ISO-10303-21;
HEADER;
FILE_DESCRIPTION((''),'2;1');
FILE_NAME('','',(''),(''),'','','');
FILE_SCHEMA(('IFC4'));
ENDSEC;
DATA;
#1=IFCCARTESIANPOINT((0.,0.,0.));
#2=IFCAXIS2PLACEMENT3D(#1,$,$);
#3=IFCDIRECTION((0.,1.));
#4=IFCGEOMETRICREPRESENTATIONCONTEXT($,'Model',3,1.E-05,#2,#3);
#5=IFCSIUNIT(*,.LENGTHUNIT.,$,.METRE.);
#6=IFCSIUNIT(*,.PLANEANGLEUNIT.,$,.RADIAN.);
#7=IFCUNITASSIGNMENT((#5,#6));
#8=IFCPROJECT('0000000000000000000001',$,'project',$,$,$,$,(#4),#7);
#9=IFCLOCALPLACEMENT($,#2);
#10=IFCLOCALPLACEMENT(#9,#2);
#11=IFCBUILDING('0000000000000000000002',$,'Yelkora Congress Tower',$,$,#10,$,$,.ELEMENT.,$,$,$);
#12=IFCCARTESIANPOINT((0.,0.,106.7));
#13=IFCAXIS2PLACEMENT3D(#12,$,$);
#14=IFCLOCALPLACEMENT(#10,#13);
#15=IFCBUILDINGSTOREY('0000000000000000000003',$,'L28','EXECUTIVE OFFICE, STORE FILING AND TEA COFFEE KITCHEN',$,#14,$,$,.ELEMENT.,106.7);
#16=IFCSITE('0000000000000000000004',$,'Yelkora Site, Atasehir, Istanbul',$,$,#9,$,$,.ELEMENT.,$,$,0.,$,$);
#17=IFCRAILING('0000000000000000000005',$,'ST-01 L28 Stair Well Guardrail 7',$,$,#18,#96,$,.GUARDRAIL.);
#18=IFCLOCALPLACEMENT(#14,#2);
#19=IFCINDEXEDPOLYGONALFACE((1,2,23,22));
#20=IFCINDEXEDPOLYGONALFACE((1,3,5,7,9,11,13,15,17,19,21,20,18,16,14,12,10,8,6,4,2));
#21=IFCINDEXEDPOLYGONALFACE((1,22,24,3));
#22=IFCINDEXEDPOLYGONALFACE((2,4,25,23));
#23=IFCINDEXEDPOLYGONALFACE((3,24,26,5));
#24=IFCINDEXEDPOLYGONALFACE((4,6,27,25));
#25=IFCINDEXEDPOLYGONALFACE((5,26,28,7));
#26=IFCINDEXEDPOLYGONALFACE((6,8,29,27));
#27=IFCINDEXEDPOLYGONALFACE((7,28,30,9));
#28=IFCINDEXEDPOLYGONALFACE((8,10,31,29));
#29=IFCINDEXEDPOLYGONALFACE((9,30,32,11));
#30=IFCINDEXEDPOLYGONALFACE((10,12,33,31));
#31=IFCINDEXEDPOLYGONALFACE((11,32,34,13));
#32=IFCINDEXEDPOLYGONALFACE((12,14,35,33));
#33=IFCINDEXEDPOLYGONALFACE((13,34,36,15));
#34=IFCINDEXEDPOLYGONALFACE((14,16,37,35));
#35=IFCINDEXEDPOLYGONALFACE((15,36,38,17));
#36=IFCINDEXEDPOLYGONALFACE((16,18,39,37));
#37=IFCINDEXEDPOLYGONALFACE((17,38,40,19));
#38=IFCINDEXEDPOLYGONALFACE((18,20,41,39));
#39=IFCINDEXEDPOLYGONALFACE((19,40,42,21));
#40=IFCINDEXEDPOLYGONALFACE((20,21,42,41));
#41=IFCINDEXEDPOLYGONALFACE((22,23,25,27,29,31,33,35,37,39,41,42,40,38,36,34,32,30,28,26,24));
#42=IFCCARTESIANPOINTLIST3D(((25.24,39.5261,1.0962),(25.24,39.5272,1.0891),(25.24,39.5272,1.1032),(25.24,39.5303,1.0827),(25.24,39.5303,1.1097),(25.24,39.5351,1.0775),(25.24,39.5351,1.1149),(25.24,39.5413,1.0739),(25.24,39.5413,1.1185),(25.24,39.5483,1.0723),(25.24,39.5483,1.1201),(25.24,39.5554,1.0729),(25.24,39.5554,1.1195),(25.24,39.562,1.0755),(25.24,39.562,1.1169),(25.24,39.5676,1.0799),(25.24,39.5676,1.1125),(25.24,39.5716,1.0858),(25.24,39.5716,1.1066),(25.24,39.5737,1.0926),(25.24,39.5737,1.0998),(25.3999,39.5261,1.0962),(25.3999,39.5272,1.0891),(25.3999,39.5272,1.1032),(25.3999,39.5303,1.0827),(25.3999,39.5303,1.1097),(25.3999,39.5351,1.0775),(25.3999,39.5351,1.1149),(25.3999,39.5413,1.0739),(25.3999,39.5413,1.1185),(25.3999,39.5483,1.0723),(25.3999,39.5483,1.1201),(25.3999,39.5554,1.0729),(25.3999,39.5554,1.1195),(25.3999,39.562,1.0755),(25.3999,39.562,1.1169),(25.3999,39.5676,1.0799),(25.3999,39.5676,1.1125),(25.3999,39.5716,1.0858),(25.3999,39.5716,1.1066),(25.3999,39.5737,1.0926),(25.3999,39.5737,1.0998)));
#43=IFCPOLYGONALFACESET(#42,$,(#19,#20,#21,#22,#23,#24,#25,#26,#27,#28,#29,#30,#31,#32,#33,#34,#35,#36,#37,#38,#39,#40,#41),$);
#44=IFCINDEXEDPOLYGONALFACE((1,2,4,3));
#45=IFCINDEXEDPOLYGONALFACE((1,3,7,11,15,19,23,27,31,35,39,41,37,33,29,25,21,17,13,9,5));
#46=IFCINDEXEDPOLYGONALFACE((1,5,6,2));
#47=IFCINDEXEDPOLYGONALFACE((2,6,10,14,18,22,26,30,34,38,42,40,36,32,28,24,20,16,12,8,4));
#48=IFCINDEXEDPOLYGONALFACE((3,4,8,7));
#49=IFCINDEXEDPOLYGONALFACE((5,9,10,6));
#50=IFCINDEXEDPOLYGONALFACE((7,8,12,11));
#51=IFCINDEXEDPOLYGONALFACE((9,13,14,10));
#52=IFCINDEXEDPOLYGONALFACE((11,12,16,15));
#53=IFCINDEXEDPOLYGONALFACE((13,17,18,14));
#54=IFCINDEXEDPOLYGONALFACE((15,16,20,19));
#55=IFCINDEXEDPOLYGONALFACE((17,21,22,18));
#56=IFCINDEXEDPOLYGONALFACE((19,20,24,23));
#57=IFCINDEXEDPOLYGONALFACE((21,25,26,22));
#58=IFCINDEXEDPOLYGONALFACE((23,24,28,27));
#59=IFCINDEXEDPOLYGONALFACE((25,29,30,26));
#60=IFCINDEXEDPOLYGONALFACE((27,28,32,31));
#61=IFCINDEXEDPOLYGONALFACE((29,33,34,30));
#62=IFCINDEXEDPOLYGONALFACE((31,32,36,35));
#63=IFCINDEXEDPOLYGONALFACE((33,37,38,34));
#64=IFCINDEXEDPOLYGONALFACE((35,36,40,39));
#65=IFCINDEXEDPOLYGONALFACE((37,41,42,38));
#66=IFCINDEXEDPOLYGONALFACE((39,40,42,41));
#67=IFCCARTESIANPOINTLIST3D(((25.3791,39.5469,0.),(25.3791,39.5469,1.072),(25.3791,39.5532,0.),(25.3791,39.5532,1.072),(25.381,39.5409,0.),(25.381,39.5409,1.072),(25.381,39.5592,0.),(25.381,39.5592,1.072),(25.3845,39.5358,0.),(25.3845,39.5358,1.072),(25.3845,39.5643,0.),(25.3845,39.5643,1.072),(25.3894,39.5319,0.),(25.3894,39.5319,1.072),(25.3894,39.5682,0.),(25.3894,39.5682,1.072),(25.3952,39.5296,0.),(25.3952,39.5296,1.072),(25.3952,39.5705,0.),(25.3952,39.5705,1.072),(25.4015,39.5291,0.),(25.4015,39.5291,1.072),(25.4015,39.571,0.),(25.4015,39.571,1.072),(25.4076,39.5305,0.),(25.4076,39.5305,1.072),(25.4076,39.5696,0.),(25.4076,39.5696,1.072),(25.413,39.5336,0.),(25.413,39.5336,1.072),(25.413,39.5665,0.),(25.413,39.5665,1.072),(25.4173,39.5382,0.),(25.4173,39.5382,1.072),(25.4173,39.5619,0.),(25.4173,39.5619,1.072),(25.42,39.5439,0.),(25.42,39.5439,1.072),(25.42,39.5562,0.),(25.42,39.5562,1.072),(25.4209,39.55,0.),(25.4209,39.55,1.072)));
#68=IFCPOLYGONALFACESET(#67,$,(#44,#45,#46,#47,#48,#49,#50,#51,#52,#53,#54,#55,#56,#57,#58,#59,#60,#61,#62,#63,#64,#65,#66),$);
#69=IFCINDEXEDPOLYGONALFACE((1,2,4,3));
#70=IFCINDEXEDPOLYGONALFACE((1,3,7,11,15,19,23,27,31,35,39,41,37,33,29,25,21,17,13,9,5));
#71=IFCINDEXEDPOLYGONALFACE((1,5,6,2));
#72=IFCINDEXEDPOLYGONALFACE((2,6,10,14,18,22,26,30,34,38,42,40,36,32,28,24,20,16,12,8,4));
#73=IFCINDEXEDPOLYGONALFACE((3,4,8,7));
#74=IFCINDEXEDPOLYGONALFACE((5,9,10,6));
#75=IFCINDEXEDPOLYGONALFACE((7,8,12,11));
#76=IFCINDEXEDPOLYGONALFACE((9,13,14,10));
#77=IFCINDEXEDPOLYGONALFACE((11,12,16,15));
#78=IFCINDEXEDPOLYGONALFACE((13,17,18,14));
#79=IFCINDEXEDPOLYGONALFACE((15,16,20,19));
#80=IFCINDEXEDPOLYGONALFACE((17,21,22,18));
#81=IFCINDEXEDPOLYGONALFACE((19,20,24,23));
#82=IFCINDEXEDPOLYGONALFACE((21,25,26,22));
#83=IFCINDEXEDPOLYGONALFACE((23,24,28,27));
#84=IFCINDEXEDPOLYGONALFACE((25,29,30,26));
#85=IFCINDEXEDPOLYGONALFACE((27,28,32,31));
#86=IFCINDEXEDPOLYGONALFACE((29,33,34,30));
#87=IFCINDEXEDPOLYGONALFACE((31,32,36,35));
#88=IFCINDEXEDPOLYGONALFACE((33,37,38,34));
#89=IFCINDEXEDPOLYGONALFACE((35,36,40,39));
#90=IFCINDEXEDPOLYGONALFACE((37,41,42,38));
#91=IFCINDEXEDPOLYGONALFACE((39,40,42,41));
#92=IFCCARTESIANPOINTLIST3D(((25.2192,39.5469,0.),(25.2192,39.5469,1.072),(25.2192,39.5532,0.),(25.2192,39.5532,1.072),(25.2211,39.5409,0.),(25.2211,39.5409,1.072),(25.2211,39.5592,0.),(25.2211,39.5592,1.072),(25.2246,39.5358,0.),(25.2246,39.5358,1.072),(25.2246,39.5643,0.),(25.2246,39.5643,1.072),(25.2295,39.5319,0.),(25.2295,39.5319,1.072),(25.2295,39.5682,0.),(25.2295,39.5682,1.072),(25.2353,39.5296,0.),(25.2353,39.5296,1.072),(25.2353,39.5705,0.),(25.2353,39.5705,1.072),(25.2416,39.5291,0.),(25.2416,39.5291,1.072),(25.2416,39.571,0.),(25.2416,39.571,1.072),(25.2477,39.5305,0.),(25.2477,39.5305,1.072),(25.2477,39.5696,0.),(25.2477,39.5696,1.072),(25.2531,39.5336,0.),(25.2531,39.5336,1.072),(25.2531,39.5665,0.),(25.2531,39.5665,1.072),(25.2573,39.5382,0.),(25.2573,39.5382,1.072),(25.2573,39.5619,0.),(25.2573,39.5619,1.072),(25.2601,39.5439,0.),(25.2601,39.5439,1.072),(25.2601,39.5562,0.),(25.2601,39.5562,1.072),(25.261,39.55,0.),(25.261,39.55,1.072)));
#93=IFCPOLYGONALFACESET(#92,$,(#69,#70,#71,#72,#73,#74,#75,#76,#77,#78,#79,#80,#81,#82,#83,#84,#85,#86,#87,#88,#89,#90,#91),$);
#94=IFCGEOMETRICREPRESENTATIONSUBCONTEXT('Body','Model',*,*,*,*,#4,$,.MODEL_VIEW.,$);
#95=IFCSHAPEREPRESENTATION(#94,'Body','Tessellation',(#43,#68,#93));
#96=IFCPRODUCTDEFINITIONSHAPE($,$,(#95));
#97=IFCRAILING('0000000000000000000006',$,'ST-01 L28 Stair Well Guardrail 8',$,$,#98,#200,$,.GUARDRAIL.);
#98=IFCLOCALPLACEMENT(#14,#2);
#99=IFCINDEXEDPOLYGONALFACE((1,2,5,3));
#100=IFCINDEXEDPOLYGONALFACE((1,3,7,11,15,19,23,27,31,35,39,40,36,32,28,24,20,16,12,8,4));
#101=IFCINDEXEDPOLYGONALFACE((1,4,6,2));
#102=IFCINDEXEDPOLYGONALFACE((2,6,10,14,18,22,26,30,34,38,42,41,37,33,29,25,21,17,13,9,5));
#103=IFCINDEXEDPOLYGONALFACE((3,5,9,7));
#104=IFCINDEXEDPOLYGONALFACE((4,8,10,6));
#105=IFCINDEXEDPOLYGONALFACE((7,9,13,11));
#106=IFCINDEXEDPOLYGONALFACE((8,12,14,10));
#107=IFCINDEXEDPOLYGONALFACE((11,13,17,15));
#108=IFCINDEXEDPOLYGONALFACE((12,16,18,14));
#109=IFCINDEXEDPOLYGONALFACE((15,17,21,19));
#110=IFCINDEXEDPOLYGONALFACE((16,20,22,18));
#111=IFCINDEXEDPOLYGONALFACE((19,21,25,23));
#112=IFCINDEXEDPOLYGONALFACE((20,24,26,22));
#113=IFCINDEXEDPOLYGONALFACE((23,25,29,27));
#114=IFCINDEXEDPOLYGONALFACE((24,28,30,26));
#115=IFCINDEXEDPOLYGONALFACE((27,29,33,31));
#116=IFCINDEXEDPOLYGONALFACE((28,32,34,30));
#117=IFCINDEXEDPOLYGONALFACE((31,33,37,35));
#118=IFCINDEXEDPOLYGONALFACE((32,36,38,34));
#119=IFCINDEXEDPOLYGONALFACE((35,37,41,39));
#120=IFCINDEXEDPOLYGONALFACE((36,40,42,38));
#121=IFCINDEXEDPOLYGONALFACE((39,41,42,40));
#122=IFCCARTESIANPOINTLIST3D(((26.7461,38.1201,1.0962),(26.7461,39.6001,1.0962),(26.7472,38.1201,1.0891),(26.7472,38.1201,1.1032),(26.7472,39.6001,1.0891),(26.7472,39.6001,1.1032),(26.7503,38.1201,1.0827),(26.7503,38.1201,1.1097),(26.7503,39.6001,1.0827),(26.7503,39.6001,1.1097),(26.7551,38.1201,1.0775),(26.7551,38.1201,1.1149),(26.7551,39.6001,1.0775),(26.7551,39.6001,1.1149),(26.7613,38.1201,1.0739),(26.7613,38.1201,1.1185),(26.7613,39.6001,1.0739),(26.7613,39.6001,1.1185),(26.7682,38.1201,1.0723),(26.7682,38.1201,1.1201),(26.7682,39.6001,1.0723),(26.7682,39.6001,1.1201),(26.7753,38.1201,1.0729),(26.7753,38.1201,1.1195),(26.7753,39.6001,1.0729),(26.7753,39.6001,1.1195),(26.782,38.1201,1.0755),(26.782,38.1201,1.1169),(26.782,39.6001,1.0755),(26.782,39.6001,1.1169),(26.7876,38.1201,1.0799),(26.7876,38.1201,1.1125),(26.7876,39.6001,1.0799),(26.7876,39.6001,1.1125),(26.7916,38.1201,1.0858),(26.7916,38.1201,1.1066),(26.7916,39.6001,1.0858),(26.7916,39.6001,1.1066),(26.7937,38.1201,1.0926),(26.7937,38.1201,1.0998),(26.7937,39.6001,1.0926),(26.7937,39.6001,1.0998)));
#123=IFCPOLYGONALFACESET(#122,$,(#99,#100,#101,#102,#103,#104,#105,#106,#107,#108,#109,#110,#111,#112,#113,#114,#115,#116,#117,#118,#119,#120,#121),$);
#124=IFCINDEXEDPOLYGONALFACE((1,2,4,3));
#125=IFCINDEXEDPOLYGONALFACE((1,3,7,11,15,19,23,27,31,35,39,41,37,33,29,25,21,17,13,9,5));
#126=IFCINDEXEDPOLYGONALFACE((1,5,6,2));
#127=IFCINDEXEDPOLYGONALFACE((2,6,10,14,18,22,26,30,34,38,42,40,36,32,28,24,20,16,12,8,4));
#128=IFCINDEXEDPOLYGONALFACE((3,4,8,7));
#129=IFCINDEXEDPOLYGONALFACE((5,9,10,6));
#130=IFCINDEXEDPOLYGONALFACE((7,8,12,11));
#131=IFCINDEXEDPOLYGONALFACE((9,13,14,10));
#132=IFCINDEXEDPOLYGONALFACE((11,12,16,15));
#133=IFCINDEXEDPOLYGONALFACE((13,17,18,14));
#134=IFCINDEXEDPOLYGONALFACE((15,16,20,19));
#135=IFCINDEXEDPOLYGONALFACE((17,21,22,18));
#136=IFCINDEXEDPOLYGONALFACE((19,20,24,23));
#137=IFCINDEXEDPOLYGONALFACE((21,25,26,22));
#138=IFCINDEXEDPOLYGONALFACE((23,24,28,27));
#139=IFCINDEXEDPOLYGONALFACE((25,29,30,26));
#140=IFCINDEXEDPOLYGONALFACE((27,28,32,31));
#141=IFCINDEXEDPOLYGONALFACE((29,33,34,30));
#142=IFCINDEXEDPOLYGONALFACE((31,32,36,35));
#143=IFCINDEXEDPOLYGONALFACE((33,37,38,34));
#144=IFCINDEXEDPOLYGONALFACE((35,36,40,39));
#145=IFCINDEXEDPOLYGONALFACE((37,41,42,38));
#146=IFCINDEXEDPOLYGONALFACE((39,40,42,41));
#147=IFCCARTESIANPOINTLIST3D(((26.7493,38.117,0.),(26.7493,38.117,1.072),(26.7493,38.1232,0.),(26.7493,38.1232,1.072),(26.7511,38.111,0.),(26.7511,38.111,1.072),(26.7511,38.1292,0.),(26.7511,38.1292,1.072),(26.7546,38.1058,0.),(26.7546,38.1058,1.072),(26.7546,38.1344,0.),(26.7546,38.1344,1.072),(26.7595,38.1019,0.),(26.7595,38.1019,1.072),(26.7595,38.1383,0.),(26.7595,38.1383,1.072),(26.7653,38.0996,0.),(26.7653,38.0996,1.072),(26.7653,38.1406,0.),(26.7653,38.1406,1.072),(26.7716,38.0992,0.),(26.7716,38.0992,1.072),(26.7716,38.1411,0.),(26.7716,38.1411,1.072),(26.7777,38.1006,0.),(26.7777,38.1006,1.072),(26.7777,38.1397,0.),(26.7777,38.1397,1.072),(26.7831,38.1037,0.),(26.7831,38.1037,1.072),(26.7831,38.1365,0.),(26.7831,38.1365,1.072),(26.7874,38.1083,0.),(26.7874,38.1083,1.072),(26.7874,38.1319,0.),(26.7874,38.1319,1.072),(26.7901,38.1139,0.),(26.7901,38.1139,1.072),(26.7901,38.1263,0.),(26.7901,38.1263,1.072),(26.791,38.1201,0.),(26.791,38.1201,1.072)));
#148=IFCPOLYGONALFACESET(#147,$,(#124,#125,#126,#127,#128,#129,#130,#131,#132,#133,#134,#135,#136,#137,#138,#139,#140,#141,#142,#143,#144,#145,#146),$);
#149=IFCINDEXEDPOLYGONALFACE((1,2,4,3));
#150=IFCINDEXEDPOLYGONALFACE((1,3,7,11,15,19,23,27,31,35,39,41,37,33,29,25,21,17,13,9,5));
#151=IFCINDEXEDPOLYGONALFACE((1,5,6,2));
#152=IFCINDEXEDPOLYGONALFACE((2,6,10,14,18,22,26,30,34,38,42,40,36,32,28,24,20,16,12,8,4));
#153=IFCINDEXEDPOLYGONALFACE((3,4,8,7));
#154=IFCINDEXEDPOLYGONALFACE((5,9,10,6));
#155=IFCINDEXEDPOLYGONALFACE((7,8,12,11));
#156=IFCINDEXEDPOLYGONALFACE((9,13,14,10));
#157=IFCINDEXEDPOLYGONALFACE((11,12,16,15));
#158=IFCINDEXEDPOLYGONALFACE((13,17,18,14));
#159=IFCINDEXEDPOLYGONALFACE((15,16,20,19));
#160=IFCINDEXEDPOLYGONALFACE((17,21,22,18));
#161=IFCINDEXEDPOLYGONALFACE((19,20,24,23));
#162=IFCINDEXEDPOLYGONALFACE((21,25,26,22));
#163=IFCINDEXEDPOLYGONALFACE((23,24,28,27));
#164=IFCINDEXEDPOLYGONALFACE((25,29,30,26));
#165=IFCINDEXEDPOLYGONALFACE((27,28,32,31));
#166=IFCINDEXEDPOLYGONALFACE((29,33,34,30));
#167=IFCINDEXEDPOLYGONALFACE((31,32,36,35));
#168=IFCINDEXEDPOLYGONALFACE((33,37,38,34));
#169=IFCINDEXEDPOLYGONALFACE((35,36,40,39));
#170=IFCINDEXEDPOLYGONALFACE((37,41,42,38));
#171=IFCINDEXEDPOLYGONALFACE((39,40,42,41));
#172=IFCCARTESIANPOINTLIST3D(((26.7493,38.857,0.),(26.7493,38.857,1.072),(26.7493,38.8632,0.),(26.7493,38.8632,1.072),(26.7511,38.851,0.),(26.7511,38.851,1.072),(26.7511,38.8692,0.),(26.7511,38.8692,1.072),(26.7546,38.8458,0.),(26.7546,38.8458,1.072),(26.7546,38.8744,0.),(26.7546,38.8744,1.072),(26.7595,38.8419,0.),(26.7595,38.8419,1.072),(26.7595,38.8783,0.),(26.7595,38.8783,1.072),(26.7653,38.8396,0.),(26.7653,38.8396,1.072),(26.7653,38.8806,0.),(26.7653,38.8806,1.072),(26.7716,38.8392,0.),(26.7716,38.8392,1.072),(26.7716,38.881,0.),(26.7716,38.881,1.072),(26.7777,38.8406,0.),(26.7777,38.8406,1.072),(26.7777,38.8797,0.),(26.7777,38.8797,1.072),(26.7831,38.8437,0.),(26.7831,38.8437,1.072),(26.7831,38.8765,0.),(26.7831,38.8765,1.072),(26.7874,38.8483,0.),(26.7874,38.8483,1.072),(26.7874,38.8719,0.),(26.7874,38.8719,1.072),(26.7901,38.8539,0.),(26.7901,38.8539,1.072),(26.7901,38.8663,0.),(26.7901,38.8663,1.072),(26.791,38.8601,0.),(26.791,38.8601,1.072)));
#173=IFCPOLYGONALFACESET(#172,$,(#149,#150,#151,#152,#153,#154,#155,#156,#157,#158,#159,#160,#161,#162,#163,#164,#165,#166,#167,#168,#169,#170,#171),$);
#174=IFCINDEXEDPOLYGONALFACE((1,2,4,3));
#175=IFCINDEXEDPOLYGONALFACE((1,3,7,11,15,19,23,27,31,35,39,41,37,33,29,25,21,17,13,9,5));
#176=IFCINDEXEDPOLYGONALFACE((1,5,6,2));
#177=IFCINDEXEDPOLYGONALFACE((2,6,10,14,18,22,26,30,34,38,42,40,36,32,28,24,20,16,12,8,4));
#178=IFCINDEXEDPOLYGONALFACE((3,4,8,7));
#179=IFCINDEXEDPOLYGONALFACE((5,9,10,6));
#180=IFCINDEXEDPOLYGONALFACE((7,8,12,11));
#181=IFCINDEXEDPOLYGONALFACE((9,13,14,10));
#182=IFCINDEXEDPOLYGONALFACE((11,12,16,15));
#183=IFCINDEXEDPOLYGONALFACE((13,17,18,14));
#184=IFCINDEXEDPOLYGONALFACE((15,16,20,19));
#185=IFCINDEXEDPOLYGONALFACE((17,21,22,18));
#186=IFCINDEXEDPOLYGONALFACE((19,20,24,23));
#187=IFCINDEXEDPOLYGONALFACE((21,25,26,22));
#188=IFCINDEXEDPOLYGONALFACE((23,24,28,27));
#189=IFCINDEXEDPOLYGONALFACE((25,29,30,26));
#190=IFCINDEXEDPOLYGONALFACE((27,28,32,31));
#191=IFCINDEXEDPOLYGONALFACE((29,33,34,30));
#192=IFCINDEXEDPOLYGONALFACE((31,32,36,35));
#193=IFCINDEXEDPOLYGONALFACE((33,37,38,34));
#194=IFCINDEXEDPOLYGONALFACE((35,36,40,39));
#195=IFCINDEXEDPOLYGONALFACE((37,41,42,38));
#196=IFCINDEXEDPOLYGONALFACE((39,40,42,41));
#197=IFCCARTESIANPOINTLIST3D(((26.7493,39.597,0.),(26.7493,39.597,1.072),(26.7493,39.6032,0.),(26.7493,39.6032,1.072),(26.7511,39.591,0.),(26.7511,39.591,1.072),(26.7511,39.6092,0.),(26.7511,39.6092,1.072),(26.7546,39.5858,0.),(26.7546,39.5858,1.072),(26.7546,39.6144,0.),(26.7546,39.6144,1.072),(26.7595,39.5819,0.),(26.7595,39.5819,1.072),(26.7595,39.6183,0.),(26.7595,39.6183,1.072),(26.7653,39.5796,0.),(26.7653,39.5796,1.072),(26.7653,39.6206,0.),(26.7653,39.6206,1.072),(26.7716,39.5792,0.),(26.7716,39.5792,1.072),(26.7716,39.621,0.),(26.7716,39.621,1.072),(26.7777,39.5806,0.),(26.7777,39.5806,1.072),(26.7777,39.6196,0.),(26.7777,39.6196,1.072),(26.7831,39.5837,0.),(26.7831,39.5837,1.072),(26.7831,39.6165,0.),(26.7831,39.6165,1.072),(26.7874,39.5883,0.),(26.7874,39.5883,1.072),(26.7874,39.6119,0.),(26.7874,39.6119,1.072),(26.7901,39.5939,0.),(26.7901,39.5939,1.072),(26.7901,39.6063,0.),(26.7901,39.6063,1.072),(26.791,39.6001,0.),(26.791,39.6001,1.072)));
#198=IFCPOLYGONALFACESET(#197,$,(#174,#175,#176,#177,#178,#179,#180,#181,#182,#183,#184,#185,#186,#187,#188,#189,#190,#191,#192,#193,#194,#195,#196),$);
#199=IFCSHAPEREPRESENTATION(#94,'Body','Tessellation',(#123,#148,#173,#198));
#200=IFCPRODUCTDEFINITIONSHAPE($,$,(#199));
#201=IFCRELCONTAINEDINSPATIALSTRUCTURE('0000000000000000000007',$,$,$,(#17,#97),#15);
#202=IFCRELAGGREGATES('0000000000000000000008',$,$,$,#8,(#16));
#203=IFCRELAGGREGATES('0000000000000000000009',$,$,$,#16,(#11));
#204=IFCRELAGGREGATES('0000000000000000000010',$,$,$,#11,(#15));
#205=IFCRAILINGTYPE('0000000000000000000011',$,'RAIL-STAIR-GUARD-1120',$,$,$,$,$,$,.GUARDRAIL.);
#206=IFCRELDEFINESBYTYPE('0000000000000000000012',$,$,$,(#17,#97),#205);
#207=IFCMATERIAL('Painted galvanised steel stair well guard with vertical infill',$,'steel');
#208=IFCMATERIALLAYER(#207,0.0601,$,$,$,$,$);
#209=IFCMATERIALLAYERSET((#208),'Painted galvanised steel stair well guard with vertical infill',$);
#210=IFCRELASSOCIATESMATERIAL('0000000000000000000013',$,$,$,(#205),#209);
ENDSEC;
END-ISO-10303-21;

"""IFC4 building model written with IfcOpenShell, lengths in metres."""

from ifc_helpers import new_model, si_unit, direction, frame, origin, origin_2d, place, context, subcontext, project, spatial, circle, extrude, material, layer, layer_set, type_object, element, save


model = new_model("IFC4")

# Units and contexts
model_context = context("Model", 3, precision=1e-05, world=origin(), true_north=direction((0.0, 1.0)))
body_context = subcontext(model_context, "Body", "Model", "MODEL_VIEW")
ifc_project = project(units=[si_unit("LENGTHUNIT", "METRE"), si_unit("PLANEANGLEUNIT", "RADIAN")], contexts=[model_context])

# Site, building, storey
site_placement = place(None, origin())
site = spatial("IfcSite", under=ifc_project, at=site_placement, Name="Yelkora Site, Atasehir, Istanbul", CompositionType="ELEMENT", RefElevation=0.0)
building_placement = place(site_placement, origin())
building = spatial("IfcBuilding", under=site, at=building_placement, Name="Yelkora Congress Tower", CompositionType="ELEMENT")
storey_placement = place(building_placement, frame((0.0, 0.0, 106.7)))
storey = spatial("IfcBuildingStorey", under=building, at=storey_placement, Name="L28", Description="EXECUTIVE OFFICE, STORE FILING AND TEA COFFEE KITCHEN", CompositionType="ELEMENT", Elevation=106.7)

# Railings
ifc_material_1 = material(Name="Painted galvanised steel stair well guard with vertical infill", Category="steel")
ifc_layer_1 = layer(ifc_material_1, 0.0601)
ifc_layer_set_1 = layer_set([ifc_layer_1], Name="Painted galvanised steel stair well guard with vertical infill")
railing_type_1 = type_object("IfcRailingType", Name="RAIL-STAIR-GUARD-1120", PredefinedType="GUARDRAIL", material=ifc_layer_set_1)
railing_1_placement = place(storey_placement, frame((25.3999, 39.55, 0.0)))
element("IfcRailing", 1, at=railing_1_placement, inside=storey, type_object=railing_type_1, Name="ST-01 L28 Stair Well Guardrail 7", PredefinedType="GUARDRAIL", context=body_context, shape_type="SweptSolid", body=[
    extrude(circle(Radius=0.0239, at=origin_2d()), frame((0.0, 0.0, 1.0962), z_axis=(-1.0, 0.0, 0.0), x_axis=(0.0, -1.0, 0.0)), (0.0, 0.0, 1.0), 0.1599),
    extrude(circle(Radius=0.021, at=origin_2d()), origin(), (0.0, 0.0, 1.0), 1.072),
    extrude(circle(Radius=0.021, at=origin_2d()), frame((-0.1599, 0.0, 0.0)), (0.0, 0.0, 1.0), 1.072),
])
railing_2_placement = place(storey_placement, frame((26.77, 38.1201, 0.0)))
element("IfcRailing", 2, at=railing_2_placement, inside=storey, type_object=railing_type_1, Name="ST-01 L28 Stair Well Guardrail 8", PredefinedType="GUARDRAIL", context=body_context, shape_type="SweptSolid", body=[
    extrude(circle(Radius=0.0239, at=origin_2d()), frame((0.0, 0.0, 1.0962), z_axis=(0.0, 1.0, 0.0), x_axis=(-1.0, 0.0, 0.0)), (0.0, 0.0, 1.0), 1.48),
    extrude(circle(Radius=0.021, at=origin_2d()), origin(), (0.0, 0.0, 1.0), 1.072),
    extrude(circle(Radius=0.021, at=origin_2d()), frame((0.0, 0.74, 0.0)), (0.0, 0.0, 1.0), 1.072),
    extrude(circle(Radius=0.021, at=origin_2d()), frame((0.0, 1.48, 0.0)), (0.0, 0.0, 1.0), 1.072),
])

save(model, "model.ifc")
